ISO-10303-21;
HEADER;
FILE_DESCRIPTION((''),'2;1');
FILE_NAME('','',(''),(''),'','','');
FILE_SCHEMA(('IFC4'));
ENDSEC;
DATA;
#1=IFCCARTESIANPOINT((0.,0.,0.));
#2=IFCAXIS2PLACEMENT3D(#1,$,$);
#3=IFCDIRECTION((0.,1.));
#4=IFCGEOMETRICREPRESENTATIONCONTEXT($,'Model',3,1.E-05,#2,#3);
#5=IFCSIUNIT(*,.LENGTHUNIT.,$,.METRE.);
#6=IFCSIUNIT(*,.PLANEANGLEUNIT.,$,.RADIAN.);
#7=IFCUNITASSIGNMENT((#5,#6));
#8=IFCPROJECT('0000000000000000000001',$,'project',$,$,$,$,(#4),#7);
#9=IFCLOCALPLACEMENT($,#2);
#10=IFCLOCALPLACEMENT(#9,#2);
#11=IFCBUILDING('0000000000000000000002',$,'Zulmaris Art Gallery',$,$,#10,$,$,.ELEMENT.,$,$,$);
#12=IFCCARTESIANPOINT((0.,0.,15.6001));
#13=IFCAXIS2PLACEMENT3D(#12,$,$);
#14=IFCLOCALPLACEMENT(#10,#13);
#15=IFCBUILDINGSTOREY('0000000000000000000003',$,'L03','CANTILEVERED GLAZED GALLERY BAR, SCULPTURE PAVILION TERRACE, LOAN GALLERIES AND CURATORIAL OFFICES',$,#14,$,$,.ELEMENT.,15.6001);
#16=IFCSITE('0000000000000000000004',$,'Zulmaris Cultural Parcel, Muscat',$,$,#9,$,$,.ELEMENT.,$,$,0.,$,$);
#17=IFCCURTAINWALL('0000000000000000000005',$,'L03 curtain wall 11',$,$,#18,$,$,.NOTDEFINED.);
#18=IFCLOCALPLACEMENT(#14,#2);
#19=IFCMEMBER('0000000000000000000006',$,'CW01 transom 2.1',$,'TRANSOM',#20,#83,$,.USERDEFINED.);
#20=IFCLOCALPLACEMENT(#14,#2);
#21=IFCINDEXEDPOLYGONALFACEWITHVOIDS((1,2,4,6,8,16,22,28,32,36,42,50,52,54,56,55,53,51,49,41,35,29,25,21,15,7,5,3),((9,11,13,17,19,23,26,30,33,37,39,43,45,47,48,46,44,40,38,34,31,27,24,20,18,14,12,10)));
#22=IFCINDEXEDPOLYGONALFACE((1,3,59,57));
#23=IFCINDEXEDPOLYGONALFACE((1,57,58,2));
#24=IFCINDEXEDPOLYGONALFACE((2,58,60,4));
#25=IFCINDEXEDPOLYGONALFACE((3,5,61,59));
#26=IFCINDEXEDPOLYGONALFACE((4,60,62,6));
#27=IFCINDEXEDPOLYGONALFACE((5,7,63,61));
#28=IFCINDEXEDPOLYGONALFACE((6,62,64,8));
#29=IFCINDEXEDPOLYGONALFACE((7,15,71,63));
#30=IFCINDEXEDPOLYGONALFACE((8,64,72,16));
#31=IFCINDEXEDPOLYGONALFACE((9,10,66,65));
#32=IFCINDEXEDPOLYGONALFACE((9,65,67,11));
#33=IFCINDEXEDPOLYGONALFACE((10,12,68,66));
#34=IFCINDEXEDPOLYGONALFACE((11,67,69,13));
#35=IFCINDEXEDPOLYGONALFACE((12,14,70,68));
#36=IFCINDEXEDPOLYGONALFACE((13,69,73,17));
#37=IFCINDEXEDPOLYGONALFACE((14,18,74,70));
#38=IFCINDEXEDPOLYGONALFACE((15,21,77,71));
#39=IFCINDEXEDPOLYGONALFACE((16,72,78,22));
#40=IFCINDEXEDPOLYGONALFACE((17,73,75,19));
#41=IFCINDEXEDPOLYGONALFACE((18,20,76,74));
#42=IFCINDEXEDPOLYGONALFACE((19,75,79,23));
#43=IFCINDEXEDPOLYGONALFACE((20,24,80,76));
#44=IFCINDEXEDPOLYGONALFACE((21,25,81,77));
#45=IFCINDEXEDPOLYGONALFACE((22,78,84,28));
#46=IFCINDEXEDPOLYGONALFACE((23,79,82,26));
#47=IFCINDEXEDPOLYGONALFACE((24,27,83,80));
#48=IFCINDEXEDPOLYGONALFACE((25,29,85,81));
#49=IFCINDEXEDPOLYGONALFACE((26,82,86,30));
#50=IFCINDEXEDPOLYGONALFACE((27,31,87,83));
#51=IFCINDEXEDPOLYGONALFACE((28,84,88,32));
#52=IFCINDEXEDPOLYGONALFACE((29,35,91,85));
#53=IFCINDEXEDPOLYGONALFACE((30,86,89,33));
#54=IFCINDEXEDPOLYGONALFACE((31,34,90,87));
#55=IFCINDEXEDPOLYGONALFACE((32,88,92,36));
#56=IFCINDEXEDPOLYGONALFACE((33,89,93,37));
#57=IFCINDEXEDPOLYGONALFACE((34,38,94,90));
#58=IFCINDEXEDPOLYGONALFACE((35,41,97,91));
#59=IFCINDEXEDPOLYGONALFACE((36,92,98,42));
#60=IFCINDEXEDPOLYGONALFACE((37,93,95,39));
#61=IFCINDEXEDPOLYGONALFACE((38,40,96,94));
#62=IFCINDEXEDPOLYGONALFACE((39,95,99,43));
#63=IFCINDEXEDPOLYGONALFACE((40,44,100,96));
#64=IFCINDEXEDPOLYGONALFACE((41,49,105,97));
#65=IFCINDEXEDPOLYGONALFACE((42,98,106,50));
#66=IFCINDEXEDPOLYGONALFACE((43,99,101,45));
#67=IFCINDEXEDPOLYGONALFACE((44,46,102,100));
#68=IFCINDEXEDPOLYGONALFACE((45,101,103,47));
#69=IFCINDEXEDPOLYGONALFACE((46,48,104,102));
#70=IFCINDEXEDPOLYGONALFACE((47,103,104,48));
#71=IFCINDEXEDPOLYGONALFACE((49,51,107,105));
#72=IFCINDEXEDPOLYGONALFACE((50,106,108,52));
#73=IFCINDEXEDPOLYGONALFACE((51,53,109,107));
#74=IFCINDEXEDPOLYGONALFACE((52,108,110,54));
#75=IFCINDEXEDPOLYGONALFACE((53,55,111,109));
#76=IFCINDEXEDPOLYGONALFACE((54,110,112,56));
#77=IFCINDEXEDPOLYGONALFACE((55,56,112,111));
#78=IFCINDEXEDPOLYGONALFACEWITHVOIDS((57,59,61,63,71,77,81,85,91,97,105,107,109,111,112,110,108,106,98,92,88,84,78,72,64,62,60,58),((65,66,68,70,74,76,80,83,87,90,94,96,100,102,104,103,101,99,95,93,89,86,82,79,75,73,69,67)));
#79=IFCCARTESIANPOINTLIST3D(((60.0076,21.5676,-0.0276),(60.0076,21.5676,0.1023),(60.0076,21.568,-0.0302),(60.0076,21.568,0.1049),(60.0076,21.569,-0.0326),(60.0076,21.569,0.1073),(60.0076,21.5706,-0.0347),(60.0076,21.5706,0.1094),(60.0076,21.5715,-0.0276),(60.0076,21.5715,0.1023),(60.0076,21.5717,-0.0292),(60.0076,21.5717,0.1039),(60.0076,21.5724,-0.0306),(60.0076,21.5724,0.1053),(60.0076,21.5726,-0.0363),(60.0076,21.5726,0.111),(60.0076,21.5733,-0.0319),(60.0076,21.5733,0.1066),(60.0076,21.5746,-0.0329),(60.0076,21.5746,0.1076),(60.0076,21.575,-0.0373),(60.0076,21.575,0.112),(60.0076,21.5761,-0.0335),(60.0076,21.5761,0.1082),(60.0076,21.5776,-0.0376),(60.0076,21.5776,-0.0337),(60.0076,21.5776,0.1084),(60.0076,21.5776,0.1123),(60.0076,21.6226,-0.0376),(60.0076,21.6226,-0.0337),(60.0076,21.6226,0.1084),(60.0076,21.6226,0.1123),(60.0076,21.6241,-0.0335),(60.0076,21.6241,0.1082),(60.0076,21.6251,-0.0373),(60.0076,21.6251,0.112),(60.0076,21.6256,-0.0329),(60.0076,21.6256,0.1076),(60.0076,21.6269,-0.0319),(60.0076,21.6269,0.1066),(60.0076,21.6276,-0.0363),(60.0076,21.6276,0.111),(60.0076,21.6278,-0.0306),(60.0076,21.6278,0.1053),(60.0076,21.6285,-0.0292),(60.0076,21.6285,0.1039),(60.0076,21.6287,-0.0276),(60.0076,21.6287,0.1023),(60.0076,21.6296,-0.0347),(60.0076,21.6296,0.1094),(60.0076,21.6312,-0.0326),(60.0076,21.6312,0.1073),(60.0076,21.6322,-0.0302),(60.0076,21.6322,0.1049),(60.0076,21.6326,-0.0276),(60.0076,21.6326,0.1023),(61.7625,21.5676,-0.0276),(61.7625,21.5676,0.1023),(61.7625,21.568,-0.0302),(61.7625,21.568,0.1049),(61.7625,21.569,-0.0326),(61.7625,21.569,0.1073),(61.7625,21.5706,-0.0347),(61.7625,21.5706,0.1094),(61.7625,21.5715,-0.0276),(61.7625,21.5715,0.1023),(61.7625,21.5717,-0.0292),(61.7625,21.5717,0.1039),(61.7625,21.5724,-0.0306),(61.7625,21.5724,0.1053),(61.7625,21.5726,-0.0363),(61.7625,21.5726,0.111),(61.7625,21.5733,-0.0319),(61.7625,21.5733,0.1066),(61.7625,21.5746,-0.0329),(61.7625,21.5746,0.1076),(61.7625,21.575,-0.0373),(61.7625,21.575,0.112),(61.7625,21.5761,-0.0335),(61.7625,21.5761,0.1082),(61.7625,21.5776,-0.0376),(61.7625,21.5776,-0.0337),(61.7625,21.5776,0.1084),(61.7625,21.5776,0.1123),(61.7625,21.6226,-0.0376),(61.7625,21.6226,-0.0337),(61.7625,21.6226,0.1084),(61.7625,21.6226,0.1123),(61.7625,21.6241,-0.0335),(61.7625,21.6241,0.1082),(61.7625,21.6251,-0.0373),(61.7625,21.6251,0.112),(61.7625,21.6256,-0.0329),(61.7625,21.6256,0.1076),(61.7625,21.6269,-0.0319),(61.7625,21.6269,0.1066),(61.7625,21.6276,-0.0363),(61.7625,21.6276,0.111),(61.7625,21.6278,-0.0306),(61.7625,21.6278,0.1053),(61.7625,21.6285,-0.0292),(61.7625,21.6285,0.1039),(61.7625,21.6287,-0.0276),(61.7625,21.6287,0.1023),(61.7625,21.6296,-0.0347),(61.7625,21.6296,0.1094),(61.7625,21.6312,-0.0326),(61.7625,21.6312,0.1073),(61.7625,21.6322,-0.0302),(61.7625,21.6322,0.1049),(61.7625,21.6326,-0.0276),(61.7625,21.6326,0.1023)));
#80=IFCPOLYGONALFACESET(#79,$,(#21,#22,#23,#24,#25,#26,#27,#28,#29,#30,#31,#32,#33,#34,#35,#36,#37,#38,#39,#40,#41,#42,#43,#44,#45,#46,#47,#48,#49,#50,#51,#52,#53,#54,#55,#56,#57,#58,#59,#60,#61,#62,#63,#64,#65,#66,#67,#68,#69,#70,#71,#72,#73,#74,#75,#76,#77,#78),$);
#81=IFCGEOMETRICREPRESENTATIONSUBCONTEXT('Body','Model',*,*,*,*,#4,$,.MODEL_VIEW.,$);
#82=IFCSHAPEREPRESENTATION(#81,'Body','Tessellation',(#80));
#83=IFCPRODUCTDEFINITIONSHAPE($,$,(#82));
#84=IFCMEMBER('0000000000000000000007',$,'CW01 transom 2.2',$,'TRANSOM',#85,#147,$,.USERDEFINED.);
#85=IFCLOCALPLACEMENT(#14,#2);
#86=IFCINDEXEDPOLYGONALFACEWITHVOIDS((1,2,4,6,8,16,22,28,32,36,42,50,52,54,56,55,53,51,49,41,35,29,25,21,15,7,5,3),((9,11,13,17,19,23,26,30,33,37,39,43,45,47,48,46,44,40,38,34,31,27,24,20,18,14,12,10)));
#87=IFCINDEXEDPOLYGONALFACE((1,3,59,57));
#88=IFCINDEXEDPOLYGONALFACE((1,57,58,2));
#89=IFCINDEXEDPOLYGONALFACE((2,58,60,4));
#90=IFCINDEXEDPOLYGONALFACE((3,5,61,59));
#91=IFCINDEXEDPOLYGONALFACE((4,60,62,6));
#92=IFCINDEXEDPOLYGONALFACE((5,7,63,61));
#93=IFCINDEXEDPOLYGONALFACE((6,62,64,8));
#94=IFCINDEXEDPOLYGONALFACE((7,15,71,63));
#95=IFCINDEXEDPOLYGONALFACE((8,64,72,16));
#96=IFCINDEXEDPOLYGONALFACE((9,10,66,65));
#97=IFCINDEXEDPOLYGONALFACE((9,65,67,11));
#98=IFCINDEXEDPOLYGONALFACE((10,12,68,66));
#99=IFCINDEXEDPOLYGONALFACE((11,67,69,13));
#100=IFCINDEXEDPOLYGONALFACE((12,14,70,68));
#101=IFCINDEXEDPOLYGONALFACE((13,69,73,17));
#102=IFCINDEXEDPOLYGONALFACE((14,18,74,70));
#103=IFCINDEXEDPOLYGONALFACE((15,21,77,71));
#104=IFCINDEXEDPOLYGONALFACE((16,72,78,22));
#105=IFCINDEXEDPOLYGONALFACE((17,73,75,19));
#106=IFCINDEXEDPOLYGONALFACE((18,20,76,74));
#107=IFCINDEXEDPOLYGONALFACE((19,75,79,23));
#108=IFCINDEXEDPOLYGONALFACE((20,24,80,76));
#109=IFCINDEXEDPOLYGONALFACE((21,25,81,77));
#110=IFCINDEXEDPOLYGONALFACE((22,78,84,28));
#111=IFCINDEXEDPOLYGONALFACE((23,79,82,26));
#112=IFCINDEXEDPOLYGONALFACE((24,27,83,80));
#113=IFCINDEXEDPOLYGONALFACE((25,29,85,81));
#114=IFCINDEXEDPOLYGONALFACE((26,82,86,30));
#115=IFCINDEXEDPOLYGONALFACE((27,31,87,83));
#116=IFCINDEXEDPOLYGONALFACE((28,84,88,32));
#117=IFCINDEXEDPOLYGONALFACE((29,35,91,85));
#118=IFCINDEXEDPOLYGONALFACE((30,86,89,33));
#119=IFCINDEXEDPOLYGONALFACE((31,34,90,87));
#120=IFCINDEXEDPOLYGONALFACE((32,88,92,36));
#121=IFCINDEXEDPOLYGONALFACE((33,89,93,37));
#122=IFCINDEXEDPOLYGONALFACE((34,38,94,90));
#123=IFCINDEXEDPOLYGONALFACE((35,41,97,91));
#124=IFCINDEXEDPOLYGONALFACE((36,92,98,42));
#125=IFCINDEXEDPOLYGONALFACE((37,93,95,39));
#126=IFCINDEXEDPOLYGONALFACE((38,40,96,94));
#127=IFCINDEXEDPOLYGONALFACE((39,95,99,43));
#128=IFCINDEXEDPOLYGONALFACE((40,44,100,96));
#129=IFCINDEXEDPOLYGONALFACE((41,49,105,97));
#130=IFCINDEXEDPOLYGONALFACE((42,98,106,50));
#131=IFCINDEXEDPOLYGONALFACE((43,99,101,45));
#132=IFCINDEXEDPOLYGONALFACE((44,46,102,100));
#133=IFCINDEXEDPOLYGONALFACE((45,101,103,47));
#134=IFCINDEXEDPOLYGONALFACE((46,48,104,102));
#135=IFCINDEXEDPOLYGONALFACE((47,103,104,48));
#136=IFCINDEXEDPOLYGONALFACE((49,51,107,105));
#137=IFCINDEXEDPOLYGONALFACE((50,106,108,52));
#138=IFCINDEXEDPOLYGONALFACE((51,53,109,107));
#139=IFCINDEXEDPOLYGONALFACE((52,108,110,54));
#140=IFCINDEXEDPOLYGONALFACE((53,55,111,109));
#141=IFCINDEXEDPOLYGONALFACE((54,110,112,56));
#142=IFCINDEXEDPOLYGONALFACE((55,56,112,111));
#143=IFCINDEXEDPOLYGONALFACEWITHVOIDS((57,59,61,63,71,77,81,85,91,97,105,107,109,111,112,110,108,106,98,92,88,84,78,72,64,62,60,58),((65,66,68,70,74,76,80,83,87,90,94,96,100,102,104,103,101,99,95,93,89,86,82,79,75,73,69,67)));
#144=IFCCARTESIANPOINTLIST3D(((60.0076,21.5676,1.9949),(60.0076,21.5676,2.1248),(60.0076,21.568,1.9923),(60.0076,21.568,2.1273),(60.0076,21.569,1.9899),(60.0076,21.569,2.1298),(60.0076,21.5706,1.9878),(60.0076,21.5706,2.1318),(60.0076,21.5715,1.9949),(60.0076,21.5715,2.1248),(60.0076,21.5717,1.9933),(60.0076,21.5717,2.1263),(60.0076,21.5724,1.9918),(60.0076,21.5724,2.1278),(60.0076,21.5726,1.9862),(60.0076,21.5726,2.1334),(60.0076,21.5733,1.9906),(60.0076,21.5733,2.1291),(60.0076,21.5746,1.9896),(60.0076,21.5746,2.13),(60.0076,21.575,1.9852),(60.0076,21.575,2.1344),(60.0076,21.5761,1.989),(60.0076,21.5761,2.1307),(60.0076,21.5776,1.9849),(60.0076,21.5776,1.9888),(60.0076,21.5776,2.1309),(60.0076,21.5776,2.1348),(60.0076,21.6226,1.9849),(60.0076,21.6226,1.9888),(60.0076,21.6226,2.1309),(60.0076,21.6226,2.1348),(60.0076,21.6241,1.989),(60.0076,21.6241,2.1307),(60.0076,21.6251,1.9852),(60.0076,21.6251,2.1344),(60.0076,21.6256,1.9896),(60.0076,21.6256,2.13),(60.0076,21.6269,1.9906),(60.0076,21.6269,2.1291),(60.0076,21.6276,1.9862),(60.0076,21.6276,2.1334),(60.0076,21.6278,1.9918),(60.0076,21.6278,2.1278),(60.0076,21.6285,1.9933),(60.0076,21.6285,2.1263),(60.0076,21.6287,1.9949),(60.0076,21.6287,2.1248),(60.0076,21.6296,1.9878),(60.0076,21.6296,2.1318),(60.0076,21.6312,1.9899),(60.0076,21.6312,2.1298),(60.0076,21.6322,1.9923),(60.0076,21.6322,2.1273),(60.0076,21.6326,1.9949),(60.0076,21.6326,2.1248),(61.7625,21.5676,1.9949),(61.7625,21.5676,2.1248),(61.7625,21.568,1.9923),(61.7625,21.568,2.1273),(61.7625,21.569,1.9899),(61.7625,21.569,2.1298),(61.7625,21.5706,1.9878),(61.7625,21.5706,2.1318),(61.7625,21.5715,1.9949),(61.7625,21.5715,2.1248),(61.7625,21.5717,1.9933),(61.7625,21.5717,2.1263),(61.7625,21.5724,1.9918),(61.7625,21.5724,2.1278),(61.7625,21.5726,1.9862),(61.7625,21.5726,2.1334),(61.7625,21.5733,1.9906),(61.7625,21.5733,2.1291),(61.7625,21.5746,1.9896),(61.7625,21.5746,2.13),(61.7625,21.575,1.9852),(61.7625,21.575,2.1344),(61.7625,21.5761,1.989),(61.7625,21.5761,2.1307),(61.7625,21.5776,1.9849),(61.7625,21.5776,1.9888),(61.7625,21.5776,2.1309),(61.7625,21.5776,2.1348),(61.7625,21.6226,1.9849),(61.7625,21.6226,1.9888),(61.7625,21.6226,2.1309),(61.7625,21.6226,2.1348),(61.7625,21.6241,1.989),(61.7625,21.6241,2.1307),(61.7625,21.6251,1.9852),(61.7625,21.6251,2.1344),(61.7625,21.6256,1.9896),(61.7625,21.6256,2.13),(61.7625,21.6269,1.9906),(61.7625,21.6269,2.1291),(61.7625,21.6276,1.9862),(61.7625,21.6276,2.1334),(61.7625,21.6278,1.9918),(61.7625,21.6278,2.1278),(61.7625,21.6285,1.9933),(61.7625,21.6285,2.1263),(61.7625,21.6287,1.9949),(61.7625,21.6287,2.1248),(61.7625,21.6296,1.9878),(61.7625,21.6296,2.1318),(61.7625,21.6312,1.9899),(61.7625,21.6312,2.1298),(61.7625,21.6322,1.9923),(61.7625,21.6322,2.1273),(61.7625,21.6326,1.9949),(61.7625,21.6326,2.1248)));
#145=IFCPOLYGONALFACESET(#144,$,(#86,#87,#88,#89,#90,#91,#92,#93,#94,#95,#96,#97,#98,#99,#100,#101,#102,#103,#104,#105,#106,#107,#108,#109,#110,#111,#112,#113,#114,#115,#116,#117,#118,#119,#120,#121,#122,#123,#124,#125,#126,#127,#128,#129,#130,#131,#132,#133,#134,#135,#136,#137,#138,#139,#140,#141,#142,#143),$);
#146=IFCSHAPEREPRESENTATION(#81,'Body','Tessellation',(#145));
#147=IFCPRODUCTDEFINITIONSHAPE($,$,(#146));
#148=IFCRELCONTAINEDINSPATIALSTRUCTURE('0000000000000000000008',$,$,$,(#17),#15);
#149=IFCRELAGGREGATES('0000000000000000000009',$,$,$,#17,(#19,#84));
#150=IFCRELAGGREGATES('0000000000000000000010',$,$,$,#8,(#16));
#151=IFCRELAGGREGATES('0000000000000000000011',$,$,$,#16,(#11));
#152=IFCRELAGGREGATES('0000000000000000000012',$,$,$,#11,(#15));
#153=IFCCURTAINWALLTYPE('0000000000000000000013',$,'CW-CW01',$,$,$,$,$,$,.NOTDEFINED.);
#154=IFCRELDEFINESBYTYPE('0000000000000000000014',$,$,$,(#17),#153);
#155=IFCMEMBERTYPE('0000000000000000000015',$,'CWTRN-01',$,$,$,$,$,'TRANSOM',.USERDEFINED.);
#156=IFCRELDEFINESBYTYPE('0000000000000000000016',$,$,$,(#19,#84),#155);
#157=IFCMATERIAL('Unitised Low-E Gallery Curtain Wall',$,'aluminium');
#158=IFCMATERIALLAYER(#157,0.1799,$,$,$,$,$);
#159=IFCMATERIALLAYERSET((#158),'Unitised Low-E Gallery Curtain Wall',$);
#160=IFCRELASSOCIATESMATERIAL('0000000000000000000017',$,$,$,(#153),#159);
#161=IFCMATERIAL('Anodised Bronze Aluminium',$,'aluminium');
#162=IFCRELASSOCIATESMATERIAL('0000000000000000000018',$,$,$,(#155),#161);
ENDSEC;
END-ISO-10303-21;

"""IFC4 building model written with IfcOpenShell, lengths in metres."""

from ifc_helpers import new_model, si_unit, direction, frame, origin, origin_2d, place, context, subcontext, project, spatial, hollow_rectangle, extrude, material, layer, layer_set, material_profile, profile_set, type_object, element, aggregate, save


model = new_model("IFC4")

# Units and contexts
model_context = context("Model", 3, precision=1e-05, world=origin(), true_north=direction((0.0, 1.0)))
body_context = subcontext(model_context, "Body", "Model", "MODEL_VIEW")
ifc_project = project(units=[si_unit("LENGTHUNIT", "METRE"), si_unit("PLANEANGLEUNIT", "RADIAN")], contexts=[model_context])

# Site, building, storey
site_placement = place(None, origin())
site = spatial("IfcSite", under=ifc_project, at=site_placement, Name="Zulmaris Cultural Parcel, Muscat", CompositionType="ELEMENT", RefElevation=0.0)
building_placement = place(site_placement, origin())
building = spatial("IfcBuilding", under=site, at=building_placement, Name="Zulmaris Art Gallery", CompositionType="ELEMENT")
storey_placement = place(building_placement, frame((0.0, 0.0, 15.6001)))
storey = spatial("IfcBuildingStorey", under=building, at=storey_placement, Name="L03", Description="CANTILEVERED GLAZED GALLERY BAR, SCULPTURE PAVILION TERRACE, LOAN GALLERIES AND CURATORIAL OFFICES", CompositionType="ELEMENT", Elevation=15.6001)

# Curtain wall
ifc_material_1 = material(Name="Unitised Low-E Gallery Curtain Wall", Category="aluminium")
ifc_layer_1 = layer(ifc_material_1, 0.1799)
ifc_layer_set_1 = layer_set([ifc_layer_1], Name="Unitised Low-E Gallery Curtain Wall")
curtain_wall_type_1 = type_object("IfcCurtainWallType", Name="CW-CW01", PredefinedType="NOTDEFINED", material=ifc_layer_set_1)
curtain_wall_1_placement = place(storey_placement, origin())
curtain_wall_1 = element("IfcCurtainWall", 1, at=curtain_wall_1_placement, inside=storey, type_object=curtain_wall_type_1, Name="L03 curtain wall 11", PredefinedType="NOTDEFINED")
ifc_material_2 = material(Name="Anodised Bronze Aluminium", Category="aluminium")

# Members
ifc_material_profile_1 = material_profile(ifc_material_2, hollow_rectangle(XDim=0.0649, YDim=0.1499, WallThickness=0.0039, InnerFilletRadius=0.0061, OuterFilletRadius=0.01, at=origin_2d()), Name="ALU 65x150x4")
ifc_profile_set_1 = profile_set([ifc_material_profile_1], Name="Anodised Bronze Aluminium")
member_type_1 = type_object("IfcMemberType", Name="CWTRN-01", ElementType="TRANSOM", PredefinedType="USERDEFINED", material=ifc_profile_set_1)
member_1_placement = place(storey_placement, frame((60.0076, 21.6001, 0.0374), z_axis=(1.0, 0.0, 0.0), x_axis=(0.0, 1.0, 0.0)))
member_1 = element("IfcMember", 2, at=member_1_placement, type_object=member_type_1, Name="CW01 transom 2.1", ObjectType="TRANSOM", PredefinedType="USERDEFINED", context=body_context, shape_type="SweptSolid", body=[
    extrude(hollow_rectangle(XDim=0.0649, YDim=0.1499, WallThickness=0.0039, InnerFilletRadius=0.0061, OuterFilletRadius=0.01, at=origin_2d()), origin(), (0.0, 0.0, 1.0), 1.7549),
])
member_2_placement = place(storey_placement, frame((60.0076, 21.6001, 2.0598), z_axis=(1.0, 0.0, 0.0), x_axis=(0.0, 1.0, 0.0)))
member_2 = element("IfcMember", 3, at=member_2_placement, type_object=member_type_1, Name="CW01 transom 2.2", ObjectType="TRANSOM", PredefinedType="USERDEFINED", context=body_context, shape_type="SweptSolid", body=[
    extrude(hollow_rectangle(XDim=0.0649, YDim=0.1499, WallThickness=0.0039, InnerFilletRadius=0.0061, OuterFilletRadius=0.01, at=origin_2d()), origin(), (0.0, 0.0, 1.0), 1.7549),
])

aggregate(curtain_wall_1, [member_1, member_2])

save(model, "model.ifc")
